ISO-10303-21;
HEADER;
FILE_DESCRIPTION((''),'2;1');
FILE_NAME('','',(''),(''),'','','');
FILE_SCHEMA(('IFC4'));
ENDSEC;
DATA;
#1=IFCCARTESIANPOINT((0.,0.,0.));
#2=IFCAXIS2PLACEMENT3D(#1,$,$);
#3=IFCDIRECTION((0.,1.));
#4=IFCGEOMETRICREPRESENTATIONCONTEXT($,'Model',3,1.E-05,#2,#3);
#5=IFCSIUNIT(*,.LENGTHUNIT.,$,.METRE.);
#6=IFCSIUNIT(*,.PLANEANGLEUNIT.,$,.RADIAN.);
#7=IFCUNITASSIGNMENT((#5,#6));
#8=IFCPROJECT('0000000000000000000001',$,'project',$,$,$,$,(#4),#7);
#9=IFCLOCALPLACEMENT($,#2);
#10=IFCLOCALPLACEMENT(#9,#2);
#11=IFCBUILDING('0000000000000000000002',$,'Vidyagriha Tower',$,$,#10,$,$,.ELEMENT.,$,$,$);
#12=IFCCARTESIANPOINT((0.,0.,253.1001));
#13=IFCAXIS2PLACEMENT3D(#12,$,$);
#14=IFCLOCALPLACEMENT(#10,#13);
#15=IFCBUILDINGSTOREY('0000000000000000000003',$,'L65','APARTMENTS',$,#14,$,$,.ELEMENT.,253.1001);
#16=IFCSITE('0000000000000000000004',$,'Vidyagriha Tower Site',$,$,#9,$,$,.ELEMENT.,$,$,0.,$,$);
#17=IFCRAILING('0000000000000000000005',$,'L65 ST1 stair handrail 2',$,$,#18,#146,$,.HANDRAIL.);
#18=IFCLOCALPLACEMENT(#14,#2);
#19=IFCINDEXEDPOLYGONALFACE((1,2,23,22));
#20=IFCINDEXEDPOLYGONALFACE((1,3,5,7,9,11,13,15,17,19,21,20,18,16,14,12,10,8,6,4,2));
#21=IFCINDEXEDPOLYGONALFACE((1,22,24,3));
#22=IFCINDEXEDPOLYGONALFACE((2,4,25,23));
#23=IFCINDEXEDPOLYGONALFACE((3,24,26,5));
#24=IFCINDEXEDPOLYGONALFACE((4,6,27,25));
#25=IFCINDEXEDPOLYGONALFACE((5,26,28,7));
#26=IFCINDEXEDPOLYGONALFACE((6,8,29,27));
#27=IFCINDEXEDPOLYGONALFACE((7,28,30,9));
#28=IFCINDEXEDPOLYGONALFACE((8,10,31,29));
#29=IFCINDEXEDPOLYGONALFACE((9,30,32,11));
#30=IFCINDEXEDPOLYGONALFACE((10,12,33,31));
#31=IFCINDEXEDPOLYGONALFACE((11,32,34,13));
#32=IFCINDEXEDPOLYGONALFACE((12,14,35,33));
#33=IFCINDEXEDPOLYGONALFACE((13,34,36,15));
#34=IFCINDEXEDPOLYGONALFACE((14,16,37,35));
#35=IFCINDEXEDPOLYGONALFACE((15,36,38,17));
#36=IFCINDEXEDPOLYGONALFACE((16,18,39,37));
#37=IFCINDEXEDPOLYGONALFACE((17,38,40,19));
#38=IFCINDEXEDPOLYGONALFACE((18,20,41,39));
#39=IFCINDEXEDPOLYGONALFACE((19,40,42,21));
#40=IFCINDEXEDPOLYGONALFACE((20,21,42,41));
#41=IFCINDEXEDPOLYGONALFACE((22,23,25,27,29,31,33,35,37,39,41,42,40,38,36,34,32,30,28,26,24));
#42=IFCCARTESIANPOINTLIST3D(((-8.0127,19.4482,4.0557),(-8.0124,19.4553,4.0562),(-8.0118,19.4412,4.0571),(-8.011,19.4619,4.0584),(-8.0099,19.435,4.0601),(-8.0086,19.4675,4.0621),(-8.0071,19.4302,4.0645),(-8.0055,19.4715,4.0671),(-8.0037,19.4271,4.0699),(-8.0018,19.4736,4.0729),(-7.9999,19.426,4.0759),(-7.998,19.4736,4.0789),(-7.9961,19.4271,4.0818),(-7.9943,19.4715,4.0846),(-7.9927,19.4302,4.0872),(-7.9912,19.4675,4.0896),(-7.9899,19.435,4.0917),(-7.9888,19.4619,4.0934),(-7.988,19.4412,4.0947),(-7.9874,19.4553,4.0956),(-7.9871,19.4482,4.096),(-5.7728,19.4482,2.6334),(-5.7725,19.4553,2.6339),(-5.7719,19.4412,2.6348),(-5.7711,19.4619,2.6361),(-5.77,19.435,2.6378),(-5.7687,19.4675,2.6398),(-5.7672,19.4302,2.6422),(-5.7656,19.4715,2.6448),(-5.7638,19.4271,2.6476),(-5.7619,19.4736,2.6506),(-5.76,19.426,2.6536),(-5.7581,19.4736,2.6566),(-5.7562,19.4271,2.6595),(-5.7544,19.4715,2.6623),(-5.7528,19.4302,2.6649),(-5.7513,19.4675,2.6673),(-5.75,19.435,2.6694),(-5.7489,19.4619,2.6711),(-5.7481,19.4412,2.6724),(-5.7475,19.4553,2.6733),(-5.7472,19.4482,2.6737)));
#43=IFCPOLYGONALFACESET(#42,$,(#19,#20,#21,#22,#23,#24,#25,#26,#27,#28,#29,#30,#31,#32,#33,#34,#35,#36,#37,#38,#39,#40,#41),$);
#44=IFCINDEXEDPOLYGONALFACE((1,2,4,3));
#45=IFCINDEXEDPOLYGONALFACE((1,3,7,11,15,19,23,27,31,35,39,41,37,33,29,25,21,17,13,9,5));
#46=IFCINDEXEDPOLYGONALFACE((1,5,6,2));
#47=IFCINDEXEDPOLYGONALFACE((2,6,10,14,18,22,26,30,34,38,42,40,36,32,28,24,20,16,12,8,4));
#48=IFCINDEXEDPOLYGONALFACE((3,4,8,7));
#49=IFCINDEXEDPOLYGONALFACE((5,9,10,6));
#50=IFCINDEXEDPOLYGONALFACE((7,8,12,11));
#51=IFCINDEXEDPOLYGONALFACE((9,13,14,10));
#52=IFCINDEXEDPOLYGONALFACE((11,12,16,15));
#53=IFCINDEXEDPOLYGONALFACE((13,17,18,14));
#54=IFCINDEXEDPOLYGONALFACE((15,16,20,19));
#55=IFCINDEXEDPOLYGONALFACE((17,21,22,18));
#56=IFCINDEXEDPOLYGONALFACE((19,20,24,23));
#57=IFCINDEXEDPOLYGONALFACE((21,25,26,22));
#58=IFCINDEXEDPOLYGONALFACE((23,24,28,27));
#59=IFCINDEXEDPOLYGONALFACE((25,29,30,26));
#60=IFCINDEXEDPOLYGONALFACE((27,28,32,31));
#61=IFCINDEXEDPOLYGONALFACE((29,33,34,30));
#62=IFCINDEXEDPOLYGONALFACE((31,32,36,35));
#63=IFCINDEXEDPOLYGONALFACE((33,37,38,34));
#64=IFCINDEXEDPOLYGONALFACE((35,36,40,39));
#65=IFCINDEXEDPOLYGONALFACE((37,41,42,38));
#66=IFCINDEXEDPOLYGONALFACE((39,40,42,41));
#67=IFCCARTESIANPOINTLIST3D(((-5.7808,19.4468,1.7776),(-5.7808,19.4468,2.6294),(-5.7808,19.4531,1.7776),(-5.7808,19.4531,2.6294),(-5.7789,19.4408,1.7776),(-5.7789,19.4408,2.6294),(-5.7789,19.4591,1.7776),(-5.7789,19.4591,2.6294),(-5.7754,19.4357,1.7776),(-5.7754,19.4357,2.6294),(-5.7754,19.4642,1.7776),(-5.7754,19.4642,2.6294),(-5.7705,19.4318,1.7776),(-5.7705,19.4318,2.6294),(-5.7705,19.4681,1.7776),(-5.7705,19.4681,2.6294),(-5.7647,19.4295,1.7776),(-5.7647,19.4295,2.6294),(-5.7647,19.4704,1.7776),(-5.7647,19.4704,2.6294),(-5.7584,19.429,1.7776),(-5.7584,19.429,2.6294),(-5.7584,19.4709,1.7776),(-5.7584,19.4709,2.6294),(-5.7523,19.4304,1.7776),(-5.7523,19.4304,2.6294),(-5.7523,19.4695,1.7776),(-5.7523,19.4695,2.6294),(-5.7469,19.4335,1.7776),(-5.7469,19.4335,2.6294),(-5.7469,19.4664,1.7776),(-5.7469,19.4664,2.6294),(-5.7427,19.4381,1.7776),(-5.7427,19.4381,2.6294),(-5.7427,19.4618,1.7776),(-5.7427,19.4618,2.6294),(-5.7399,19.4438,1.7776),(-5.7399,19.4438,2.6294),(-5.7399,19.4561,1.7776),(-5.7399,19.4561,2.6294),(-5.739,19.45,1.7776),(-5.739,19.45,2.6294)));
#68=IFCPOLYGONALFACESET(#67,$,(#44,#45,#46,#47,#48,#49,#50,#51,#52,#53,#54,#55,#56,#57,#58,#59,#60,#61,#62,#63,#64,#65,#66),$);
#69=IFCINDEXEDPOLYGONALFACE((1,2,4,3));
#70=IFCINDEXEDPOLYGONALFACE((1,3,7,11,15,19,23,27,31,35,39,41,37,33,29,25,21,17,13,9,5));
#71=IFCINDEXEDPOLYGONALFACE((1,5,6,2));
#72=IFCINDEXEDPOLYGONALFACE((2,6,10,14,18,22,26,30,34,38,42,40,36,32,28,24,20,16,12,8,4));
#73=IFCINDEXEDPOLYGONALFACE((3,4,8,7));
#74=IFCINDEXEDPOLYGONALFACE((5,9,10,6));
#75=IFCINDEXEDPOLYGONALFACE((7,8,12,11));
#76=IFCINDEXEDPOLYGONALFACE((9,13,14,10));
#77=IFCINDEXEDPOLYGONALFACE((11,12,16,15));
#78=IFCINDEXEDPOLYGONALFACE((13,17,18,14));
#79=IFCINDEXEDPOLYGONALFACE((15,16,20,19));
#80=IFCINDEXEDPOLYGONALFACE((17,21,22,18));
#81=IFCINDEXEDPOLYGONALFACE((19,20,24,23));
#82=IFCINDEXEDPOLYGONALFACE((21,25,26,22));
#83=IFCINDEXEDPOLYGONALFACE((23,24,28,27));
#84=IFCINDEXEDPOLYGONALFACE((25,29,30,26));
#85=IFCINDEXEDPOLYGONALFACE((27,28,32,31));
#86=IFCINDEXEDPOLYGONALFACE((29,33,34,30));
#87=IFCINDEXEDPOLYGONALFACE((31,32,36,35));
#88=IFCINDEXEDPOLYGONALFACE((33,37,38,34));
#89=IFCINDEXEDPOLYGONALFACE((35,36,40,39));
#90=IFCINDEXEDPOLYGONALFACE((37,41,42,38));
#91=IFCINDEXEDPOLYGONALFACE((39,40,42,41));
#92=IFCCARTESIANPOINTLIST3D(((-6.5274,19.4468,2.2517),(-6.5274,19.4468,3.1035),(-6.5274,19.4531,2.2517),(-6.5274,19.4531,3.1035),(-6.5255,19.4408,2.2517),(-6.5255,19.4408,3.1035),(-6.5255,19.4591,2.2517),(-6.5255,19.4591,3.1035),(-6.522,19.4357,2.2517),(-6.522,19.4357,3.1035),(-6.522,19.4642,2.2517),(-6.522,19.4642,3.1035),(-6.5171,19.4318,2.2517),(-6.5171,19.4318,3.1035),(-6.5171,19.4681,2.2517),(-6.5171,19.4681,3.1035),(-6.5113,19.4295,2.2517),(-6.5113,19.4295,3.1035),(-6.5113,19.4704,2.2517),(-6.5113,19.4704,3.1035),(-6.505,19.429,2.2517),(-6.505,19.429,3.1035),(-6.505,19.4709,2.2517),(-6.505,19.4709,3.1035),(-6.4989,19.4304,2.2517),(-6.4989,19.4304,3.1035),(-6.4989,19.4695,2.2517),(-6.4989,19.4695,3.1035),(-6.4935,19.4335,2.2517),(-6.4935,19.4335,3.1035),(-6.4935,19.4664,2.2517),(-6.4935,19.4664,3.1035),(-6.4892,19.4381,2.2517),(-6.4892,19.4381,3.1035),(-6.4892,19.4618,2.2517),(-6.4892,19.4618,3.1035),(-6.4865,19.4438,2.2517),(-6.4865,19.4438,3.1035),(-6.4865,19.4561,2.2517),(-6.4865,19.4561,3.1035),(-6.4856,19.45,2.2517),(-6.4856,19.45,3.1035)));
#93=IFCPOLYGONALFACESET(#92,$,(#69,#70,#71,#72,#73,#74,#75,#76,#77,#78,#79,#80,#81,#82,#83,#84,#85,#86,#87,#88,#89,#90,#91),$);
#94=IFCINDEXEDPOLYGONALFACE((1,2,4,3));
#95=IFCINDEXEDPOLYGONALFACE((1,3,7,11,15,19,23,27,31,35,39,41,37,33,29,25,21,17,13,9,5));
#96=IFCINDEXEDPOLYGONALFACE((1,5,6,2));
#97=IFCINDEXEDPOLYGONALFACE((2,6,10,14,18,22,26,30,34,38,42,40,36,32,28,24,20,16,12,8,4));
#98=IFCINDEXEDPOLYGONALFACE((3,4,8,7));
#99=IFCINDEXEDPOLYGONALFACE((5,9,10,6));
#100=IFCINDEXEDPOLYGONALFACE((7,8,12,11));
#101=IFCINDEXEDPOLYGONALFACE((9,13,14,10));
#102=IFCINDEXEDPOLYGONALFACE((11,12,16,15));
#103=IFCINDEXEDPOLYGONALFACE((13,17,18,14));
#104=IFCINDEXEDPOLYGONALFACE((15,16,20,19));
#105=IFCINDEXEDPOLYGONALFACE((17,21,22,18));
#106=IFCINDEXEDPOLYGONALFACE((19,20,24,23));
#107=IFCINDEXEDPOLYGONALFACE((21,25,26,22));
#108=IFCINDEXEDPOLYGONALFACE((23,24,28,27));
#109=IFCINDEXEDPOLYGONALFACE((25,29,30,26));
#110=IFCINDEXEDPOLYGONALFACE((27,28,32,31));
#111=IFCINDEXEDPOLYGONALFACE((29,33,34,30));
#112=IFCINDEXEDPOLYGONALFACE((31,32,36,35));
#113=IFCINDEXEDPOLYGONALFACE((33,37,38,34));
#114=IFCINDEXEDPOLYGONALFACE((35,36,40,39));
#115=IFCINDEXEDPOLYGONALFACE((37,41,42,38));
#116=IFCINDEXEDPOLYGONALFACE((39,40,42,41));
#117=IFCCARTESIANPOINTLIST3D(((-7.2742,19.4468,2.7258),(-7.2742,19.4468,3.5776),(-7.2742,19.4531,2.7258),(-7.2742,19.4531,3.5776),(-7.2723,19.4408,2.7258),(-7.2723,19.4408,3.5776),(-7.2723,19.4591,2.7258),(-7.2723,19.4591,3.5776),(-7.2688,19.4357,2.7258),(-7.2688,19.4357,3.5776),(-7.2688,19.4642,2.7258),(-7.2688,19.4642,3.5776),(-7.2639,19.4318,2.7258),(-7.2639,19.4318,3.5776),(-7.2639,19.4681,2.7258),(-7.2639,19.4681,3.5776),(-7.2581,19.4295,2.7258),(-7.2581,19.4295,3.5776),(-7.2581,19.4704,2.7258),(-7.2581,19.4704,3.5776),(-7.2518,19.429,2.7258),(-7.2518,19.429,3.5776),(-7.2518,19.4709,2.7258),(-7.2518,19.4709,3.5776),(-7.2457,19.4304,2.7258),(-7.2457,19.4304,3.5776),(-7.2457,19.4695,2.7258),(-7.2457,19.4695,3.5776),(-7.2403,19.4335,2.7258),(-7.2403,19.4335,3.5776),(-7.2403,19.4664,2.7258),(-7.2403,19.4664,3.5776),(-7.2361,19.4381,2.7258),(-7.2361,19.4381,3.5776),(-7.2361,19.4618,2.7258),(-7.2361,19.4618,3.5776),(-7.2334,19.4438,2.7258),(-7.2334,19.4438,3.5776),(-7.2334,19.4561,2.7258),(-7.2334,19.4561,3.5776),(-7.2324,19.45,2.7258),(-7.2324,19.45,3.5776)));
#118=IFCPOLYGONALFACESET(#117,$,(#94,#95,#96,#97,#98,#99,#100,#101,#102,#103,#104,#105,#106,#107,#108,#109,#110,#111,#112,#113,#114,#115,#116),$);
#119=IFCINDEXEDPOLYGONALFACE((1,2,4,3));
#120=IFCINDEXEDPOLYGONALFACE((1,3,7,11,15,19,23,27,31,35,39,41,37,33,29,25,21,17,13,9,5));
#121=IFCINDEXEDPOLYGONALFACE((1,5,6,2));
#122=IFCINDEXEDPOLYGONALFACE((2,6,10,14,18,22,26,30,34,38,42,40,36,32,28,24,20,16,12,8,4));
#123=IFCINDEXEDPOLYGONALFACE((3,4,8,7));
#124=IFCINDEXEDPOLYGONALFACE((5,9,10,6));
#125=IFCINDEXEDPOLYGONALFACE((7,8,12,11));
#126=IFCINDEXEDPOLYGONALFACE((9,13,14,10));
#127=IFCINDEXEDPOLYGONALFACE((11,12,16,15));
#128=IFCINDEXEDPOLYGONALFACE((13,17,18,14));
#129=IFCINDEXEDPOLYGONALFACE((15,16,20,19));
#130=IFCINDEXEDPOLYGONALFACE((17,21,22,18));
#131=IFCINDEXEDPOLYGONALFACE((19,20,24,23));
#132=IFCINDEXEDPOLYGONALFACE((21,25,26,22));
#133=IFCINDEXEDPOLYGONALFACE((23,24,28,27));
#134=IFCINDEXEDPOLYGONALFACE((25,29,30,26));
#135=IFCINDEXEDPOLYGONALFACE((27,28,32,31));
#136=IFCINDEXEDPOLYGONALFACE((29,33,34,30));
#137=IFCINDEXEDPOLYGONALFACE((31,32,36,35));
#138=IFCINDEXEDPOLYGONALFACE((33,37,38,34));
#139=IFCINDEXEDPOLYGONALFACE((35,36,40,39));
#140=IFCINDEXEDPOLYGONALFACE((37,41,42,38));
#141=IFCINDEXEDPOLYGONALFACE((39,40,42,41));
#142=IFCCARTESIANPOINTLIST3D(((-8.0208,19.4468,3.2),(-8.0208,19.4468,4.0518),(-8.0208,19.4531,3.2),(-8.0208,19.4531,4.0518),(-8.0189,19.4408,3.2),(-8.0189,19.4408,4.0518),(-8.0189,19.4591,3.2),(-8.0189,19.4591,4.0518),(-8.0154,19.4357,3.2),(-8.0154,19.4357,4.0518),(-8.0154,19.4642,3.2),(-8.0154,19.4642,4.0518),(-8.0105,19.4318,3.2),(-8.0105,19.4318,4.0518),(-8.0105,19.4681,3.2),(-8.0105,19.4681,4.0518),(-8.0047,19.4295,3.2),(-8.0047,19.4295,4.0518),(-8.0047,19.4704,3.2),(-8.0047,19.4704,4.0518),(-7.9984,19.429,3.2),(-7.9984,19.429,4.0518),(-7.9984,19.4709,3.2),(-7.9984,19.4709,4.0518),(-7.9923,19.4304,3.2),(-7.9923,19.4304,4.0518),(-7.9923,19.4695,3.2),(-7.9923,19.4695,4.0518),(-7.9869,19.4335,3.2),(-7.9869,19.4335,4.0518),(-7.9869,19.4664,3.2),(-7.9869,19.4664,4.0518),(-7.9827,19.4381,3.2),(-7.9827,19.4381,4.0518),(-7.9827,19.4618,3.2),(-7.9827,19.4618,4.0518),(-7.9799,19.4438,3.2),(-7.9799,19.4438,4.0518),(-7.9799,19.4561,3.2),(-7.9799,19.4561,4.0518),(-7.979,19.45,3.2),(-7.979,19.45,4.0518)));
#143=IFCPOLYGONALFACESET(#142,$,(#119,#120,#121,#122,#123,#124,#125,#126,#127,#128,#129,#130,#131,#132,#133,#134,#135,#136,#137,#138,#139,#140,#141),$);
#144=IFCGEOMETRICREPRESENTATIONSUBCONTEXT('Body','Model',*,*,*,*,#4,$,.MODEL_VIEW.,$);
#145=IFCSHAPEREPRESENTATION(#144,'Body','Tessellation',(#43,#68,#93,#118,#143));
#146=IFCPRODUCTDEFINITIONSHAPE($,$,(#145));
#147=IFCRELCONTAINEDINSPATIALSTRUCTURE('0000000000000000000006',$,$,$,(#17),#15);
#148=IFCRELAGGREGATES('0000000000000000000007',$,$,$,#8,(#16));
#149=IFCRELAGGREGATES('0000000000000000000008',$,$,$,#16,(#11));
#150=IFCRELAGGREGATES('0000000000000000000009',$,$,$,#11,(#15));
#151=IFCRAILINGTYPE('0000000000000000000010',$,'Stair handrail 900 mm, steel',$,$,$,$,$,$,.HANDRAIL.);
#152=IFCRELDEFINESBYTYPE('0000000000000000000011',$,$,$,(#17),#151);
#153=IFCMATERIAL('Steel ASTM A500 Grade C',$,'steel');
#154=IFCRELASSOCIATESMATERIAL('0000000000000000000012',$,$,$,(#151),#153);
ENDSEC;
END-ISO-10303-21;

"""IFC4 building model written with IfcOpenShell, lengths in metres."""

from ifc_helpers import new_model, si_unit, direction, frame, origin, origin_2d, place, context, subcontext, project, spatial, circle, extrude, material, type_object, element, save


model = new_model("IFC4")

# Units and contexts
model_context = context("Model", 3, precision=1e-05, world=origin(), true_north=direction((0.0, 1.0)))
body_context = subcontext(model_context, "Body", "Model", "MODEL_VIEW")
ifc_project = project(units=[si_unit("LENGTHUNIT", "METRE"), si_unit("PLANEANGLEUNIT", "RADIAN")], contexts=[model_context])

# Site, building, storey
site_placement = place(None, origin())
site = spatial("IfcSite", under=ifc_project, at=site_placement, Name="Vidyagriha Tower Site", CompositionType="ELEMENT", RefElevation=0.0)
building_placement = place(site_placement, origin())
building = spatial("IfcBuilding", under=site, at=building_placement, Name="Vidyagriha Tower", CompositionType="ELEMENT")
storey_placement = place(building_placement, frame((0.0, 0.0, 253.1001)))
storey = spatial("IfcBuildingStorey", under=building, at=storey_placement, Name="L65", Description="APARTMENTS", CompositionType="ELEMENT", Elevation=253.1001)

# Railing
ifc_material_1 = material(Name="Steel ASTM A500 Grade C", Category="steel")
railing_type_1 = type_object("IfcRailingType", Name="Stair handrail 900 mm, steel", PredefinedType="HANDRAIL", material=ifc_material_1)
railing_1_placement = place(storey_placement, frame((-5.76, 19.45, 1.7776)))
element("IfcRailing", 1, at=railing_1_placement, inside=storey, type_object=railing_type_1, Name="L65 ST1 stair handrail 2", PredefinedType="HANDRAIL", context=body_context, shape_type="SweptSolid", body=[
    extrude(circle(Radius=0.0239, at=origin_2d()), frame((0.0, 0.0, 0.876), z_axis=(-0.844188, 0.0, 0.536048), x_axis=(0.0, -1.0, 0.0)), (0.0, 0.0, 1.0), 2.6533),
    extrude(circle(Radius=0.021, at=origin_2d()), origin(), (0.0, 0.0, 1.0), 0.8518),
    extrude(circle(Radius=0.021, at=origin_2d()), frame((-0.7466, 0.0, 0.4741)), (0.0, 0.0, 1.0), 0.8518),
    extrude(circle(Radius=0.021, at=origin_2d()), frame((-1.4934, 0.0, 0.9482)), (0.0, 0.0, 1.0), 0.8518),
    extrude(circle(Radius=0.021, at=origin_2d()), frame((-2.24, 0.0, 1.4224)), (0.0, 0.0, 1.0), 0.8518),
])

save(model, "model.ifc")
